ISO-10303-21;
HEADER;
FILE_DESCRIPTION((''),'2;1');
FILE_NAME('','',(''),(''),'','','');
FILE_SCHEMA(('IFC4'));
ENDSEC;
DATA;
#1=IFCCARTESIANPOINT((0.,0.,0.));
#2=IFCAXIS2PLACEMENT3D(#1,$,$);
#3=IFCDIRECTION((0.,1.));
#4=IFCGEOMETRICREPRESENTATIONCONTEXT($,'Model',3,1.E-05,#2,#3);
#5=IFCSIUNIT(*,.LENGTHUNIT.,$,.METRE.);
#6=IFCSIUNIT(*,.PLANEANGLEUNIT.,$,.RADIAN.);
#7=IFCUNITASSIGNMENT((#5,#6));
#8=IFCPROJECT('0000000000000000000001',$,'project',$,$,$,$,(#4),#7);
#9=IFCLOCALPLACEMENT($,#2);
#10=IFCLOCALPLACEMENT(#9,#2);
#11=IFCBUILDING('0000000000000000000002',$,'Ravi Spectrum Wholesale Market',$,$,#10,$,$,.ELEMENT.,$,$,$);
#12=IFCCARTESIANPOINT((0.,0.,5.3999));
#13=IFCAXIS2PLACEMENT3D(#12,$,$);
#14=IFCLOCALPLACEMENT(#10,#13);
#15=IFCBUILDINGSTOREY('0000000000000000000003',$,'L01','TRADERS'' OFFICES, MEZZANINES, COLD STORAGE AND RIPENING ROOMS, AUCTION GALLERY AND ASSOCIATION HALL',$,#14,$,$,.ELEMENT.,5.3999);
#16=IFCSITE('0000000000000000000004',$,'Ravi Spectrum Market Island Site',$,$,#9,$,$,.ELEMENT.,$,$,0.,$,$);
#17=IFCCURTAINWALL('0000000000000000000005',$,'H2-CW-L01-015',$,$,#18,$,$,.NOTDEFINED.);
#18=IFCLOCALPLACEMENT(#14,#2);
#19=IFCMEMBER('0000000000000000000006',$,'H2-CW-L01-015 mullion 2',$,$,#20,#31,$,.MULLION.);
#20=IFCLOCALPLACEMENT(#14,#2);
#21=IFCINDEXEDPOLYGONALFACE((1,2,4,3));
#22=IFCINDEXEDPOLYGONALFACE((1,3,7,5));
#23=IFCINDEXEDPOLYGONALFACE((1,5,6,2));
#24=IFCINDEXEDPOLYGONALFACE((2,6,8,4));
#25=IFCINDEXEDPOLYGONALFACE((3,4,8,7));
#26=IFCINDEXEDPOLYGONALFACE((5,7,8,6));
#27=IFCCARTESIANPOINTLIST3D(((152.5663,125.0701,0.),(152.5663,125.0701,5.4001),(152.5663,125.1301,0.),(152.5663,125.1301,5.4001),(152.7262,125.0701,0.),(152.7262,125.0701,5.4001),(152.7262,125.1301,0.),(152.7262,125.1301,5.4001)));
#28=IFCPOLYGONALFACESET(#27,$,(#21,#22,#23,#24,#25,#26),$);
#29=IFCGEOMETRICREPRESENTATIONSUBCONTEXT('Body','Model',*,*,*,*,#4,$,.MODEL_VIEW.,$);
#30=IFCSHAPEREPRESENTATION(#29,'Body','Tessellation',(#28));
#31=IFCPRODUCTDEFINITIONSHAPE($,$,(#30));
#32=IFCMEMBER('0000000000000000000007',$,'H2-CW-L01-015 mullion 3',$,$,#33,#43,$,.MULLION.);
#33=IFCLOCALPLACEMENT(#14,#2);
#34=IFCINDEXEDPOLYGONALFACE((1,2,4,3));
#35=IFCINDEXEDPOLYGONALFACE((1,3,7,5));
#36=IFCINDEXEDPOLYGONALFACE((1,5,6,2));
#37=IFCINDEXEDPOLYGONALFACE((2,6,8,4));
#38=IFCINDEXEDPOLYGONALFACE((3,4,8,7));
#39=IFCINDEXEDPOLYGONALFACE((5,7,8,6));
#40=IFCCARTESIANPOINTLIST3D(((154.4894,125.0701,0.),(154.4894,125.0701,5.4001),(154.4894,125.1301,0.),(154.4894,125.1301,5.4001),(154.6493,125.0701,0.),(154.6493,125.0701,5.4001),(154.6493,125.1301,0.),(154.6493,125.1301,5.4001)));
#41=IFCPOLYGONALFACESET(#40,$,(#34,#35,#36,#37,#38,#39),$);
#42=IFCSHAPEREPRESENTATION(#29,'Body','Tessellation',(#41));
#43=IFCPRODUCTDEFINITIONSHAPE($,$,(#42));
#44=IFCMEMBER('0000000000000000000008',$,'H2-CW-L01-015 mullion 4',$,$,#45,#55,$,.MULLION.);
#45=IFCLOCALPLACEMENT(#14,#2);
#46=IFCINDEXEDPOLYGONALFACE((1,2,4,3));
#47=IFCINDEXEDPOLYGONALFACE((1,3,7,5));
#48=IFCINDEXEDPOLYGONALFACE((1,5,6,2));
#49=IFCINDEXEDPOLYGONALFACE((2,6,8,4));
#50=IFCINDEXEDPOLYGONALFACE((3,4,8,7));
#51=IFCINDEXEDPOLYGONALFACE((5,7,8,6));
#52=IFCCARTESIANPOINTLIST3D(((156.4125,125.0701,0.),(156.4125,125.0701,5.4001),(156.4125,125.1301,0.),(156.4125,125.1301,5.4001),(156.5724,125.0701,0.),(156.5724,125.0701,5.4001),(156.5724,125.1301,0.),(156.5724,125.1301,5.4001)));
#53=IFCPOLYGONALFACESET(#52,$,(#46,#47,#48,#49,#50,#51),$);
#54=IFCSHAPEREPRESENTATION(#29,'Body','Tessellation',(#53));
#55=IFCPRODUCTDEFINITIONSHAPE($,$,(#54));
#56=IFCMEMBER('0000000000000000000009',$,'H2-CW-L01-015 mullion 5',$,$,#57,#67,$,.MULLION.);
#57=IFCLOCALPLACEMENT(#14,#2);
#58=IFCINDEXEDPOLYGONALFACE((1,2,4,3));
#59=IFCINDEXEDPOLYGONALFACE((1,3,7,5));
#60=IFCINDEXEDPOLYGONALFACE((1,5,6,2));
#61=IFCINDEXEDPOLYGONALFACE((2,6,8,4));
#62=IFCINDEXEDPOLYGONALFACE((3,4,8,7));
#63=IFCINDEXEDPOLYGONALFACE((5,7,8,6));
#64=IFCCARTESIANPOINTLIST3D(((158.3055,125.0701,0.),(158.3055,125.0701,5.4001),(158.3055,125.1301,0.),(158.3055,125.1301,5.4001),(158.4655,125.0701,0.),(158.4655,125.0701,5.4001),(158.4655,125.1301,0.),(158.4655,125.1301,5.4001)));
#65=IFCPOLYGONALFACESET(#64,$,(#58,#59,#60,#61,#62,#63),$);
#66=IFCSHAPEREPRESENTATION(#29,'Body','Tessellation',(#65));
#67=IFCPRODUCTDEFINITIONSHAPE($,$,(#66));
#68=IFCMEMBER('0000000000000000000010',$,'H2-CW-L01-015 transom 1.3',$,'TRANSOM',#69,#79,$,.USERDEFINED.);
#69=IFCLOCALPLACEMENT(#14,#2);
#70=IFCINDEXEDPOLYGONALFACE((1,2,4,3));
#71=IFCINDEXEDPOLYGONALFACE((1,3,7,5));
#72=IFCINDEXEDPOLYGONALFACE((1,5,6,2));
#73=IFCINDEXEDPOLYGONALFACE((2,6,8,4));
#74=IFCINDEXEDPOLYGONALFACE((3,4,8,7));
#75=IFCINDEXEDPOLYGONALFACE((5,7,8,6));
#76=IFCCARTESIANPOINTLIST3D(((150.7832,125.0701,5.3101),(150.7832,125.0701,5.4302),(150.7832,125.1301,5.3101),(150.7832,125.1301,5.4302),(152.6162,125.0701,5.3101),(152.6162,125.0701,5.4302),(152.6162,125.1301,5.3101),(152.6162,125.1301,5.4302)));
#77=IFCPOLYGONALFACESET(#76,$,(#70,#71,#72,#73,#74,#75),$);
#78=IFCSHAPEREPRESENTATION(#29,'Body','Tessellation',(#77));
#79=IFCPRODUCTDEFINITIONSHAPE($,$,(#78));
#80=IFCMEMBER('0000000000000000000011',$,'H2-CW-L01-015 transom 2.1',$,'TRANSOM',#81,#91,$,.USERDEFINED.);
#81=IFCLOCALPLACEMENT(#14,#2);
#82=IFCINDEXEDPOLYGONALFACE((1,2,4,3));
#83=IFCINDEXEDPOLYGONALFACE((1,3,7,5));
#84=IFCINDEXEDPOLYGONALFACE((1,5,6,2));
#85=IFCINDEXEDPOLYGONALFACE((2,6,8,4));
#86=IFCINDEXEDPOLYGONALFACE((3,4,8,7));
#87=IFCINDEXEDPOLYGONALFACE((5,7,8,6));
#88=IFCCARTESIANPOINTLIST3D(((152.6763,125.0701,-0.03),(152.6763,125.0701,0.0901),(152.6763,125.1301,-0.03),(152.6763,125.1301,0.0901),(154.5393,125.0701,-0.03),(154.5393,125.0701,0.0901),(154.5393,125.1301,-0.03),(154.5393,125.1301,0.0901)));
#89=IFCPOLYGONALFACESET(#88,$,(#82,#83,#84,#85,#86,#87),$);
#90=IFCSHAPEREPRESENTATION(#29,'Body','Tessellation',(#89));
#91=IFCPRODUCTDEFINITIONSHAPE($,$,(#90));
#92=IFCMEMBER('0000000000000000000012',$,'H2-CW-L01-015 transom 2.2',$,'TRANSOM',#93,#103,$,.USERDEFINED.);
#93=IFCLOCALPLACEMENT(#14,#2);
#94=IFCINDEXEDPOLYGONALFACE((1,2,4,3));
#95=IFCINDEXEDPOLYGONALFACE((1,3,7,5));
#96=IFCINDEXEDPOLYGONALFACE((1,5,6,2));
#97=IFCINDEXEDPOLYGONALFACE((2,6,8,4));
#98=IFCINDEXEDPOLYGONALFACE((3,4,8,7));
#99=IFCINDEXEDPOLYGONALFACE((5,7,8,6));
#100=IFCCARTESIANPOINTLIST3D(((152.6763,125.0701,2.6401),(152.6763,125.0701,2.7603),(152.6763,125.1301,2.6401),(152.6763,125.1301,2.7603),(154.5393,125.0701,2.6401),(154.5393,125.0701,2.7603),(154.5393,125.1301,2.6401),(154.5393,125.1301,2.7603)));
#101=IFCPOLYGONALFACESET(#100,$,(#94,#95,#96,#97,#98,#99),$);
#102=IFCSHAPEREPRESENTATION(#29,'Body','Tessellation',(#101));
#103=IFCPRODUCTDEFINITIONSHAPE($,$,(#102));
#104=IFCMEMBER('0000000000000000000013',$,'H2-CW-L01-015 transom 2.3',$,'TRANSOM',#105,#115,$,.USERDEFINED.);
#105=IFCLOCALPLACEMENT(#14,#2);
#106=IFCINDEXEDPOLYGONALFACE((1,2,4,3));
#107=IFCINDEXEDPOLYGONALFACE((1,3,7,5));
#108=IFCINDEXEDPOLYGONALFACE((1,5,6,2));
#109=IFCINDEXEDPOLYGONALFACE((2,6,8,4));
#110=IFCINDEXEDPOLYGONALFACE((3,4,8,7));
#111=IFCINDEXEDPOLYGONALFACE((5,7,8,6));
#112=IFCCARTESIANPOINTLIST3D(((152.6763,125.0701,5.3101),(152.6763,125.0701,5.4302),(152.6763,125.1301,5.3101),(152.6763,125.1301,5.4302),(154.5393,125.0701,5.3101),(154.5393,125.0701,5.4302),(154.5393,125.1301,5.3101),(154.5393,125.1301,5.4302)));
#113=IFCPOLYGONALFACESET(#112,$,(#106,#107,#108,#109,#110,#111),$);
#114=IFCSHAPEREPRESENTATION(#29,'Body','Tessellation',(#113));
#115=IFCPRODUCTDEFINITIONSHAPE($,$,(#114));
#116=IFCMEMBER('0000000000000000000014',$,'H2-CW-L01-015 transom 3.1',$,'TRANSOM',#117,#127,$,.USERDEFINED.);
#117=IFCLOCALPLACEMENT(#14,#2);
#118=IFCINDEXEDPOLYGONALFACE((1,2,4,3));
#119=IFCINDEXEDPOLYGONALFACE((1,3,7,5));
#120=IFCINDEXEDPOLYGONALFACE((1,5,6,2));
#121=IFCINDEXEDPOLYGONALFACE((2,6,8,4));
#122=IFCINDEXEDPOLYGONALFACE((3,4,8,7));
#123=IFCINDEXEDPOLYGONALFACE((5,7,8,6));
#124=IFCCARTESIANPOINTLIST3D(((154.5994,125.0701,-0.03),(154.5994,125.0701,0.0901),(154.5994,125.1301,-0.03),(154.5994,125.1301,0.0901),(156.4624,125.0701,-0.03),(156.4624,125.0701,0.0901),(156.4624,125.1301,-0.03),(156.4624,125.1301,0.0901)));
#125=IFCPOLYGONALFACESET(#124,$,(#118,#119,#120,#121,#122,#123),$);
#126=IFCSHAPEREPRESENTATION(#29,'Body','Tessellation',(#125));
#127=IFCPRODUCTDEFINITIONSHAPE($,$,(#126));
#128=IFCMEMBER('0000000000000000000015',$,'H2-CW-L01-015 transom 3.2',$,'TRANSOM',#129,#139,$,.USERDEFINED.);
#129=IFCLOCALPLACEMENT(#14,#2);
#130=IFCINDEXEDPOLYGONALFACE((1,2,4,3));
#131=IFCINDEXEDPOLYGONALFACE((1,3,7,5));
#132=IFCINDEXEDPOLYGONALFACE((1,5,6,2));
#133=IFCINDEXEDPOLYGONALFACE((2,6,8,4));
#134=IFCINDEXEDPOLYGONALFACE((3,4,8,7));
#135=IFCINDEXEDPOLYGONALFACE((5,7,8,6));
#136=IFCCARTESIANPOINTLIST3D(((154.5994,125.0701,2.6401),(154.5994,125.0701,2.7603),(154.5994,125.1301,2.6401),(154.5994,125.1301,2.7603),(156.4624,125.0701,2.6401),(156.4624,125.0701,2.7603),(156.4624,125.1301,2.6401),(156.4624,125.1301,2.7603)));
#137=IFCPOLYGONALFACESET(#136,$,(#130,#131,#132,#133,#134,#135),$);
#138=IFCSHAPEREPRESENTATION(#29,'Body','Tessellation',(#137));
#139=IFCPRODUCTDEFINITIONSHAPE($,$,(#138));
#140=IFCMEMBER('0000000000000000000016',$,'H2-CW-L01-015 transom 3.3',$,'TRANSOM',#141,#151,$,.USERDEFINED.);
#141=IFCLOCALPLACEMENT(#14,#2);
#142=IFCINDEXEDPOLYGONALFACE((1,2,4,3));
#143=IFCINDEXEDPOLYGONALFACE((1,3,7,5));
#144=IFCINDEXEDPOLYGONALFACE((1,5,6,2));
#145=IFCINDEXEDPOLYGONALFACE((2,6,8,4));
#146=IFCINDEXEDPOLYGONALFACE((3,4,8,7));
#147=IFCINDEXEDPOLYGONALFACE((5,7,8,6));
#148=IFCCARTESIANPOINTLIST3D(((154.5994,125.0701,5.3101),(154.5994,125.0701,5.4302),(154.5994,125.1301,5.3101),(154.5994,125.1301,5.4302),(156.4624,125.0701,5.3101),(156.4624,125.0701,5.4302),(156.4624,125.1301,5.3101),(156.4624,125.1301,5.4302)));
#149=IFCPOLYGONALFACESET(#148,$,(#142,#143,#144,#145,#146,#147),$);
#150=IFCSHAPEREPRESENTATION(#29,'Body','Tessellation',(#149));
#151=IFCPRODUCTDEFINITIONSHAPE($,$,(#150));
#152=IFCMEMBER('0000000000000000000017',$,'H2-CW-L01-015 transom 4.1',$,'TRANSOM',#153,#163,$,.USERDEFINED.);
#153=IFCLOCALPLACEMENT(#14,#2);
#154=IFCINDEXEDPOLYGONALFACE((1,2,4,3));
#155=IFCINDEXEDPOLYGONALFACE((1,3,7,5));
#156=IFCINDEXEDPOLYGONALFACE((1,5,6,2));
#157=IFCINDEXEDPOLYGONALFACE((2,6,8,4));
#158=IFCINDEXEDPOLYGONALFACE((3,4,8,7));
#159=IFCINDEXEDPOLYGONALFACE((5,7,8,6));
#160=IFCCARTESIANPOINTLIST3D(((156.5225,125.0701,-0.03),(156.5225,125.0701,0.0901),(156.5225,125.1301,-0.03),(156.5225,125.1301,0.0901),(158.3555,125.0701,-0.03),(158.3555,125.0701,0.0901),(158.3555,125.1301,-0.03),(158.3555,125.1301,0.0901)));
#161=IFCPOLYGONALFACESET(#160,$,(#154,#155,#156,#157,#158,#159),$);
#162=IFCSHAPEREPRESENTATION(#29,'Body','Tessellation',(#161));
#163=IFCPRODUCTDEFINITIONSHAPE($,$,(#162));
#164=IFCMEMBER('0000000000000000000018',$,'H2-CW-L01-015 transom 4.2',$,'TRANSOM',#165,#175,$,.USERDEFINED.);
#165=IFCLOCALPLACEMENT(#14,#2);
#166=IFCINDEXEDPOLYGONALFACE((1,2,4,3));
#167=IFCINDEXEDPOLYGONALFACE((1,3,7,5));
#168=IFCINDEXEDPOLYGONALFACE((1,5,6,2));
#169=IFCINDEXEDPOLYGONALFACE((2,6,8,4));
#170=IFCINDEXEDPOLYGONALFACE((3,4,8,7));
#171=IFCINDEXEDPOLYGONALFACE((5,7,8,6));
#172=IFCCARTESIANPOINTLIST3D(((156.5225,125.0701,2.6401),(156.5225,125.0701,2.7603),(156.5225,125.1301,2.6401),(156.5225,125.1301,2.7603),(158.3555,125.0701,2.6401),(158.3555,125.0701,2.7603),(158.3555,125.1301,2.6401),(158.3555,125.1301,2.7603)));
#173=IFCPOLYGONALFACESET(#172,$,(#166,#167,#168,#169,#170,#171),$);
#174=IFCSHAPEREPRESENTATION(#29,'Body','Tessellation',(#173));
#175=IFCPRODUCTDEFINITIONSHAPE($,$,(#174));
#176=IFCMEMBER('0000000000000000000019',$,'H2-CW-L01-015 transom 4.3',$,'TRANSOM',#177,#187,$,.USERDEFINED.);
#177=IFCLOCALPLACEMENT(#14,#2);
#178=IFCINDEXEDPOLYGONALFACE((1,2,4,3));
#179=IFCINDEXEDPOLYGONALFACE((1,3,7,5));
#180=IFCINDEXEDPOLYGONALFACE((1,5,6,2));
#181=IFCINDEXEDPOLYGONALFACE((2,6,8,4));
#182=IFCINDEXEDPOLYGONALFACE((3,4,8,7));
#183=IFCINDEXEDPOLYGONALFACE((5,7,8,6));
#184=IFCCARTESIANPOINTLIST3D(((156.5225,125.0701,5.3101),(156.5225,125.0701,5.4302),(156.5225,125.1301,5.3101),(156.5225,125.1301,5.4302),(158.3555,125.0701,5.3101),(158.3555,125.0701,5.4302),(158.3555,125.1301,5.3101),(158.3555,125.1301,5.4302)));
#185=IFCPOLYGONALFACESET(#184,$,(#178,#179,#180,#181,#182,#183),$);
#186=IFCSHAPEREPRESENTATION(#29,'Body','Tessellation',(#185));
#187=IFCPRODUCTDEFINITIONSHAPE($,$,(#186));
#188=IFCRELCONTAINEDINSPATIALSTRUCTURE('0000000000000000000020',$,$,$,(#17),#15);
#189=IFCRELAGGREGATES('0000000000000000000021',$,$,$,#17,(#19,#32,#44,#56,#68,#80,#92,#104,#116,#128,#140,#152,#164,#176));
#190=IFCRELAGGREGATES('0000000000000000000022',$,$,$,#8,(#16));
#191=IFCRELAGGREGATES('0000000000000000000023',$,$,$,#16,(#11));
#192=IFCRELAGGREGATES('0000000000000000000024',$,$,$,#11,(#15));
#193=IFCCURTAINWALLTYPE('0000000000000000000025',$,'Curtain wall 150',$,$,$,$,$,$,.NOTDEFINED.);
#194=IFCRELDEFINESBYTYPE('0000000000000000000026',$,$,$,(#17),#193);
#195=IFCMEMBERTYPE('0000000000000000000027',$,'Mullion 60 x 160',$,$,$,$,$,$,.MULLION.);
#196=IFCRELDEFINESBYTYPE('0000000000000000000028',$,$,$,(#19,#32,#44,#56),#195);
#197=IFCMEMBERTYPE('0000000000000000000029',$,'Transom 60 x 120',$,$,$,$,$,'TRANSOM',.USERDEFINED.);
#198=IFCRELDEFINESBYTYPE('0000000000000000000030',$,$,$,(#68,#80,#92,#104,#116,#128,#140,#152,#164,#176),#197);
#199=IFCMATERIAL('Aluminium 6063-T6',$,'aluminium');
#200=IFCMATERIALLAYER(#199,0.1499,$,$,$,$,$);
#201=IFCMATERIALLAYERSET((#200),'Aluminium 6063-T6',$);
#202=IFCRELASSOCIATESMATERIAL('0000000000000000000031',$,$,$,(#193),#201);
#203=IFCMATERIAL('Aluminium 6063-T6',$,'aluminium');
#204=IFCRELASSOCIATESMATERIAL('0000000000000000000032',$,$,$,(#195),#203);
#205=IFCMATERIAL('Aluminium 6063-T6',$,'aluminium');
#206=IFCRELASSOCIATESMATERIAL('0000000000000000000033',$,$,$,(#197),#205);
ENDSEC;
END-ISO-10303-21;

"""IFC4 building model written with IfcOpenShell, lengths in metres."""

from ifc_helpers import new_model, si_unit, direction, frame, origin, origin_2d, place, context, subcontext, project, spatial, rectangle, extrude, material, layer, layer_set, material_profile, profile_set, type_object, element, aggregate, save


model = new_model("IFC4")

# Units and contexts
model_context = context("Model", 3, precision=1e-05, world=origin(), true_north=direction((0.0, 1.0)))
body_context = subcontext(model_context, "Body", "Model", "MODEL_VIEW")
ifc_project = project(units=[si_unit("LENGTHUNIT", "METRE"), si_unit("PLANEANGLEUNIT", "RADIAN")], contexts=[model_context])

# Site, building, storey
site_placement = place(None, origin())
site = spatial("IfcSite", under=ifc_project, at=site_placement, Name="Ravi Spectrum Market Island Site", CompositionType="ELEMENT", RefElevation=0.0)
building_placement = place(site_placement, origin())
building = spatial("IfcBuilding", under=site, at=building_placement, Name="Ravi Spectrum Wholesale Market", CompositionType="ELEMENT")
storey_placement = place(building_placement, frame((0.0, 0.0, 5.3999)))
storey = spatial("IfcBuildingStorey", under=building, at=storey_placement, Name="L01", Description="TRADERS' OFFICES, MEZZANINES, COLD STORAGE AND RIPENING ROOMS, AUCTION GALLERY AND ASSOCIATION HALL", CompositionType="ELEMENT", Elevation=5.3999)

# Curtain wall, members
ifc_material_1 = material(Name="Aluminium 6063-T6", Category="aluminium")
ifc_layer_1 = layer(ifc_material_1, 0.1499)
ifc_layer_set_1 = layer_set([ifc_layer_1], Name="Aluminium 6063-T6")
curtain_wall_type = type_object("IfcCurtainWallType", Name="Curtain wall 150", PredefinedType="NOTDEFINED", material=ifc_layer_set_1)
curtain_wall_placement = place(storey_placement, origin())
curtain_wall = element("IfcCurtainWall", 1, at=curtain_wall_placement, inside=storey, type_object=curtain_wall_type, Name="H2-CW-L01-015", PredefinedType="NOTDEFINED")
ifc_material_2 = material(Name="Aluminium 6063-T6", Category="aluminium")
ifc_material_profile_1 = material_profile(ifc_material_2, rectangle(XDim=0.0601, YDim=0.1599, at=origin_2d()))
ifc_profile_set_1 = profile_set([ifc_material_profile_1], Name="Aluminium 6063-T6")
member_type_1 = type_object("IfcMemberType", Name="Mullion 60 x 160", PredefinedType="MULLION", material=ifc_profile_set_1)
member_1_placement = place(storey_placement, frame((152.6462, 125.1001, 0.0), z_axis=(0.0, 0.0, 1.0), x_axis=(0.0, 1.0, 0.0)))
member_1 = element("IfcMember", 2, at=member_1_placement, type_object=member_type_1, Name="H2-CW-L01-015 mullion 2", PredefinedType="MULLION", context=body_context, shape_type="SweptSolid", body=[
    extrude(rectangle(XDim=0.0601, YDim=0.1599, at=origin_2d()), origin(), (0.0, 0.0, 1.0), 5.4001),
])
member_2_placement = place(storey_placement, frame((154.5693, 125.1001, 0.0), z_axis=(0.0, 0.0, 1.0), x_axis=(0.0, 1.0, 0.0)))
member_2 = element("IfcMember", 3, at=member_2_placement, type_object=member_type_1, Name="H2-CW-L01-015 mullion 3", PredefinedType="MULLION", context=body_context, shape_type="SweptSolid", body=[
    extrude(rectangle(XDim=0.0601, YDim=0.1599, at=origin_2d()), origin(), (0.0, 0.0, 1.0), 5.4001),
])
member_3_placement = place(storey_placement, frame((156.4924, 125.1001, 0.0), z_axis=(0.0, 0.0, 1.0), x_axis=(0.0, 1.0, 0.0)))
member_3 = element("IfcMember", 4, at=member_3_placement, type_object=member_type_1, Name="H2-CW-L01-015 mullion 4", PredefinedType="MULLION", context=body_context, shape_type="SweptSolid", body=[
    extrude(rectangle(XDim=0.0601, YDim=0.1599, at=origin_2d()), origin(), (0.0, 0.0, 1.0), 5.4001),
])
member_4_placement = place(storey_placement, frame((158.3855, 125.1001, 0.0), z_axis=(0.0, 0.0, 1.0), x_axis=(0.0, 1.0, 0.0)))
member_4 = element("IfcMember", 5, at=member_4_placement, type_object=member_type_1, Name="H2-CW-L01-015 mullion 5", PredefinedType="MULLION", context=body_context, shape_type="SweptSolid", body=[
    extrude(rectangle(XDim=0.0601, YDim=0.1599, at=origin_2d()), origin(), (0.0, 0.0, 1.0), 5.4001),
])
ifc_material_3 = material(Name="Aluminium 6063-T6", Category="aluminium")
ifc_material_profile_2 = material_profile(ifc_material_3, rectangle(XDim=0.0601, YDim=0.1201, at=origin_2d()))
ifc_profile_set_2 = profile_set([ifc_material_profile_2], Name="Aluminium 6063-T6")
member_type_2 = type_object("IfcMemberType", Name="Transom 60 x 120", ElementType="TRANSOM", PredefinedType="USERDEFINED", material=ifc_profile_set_2)
member_5_placement = place(storey_placement, frame((150.7832, 125.1001, 5.3701), z_axis=(1.0, 0.0, 0.0), x_axis=(0.0, 1.0, 0.0)))
member_5 = element("IfcMember", 6, at=member_5_placement, type_object=member_type_2, Name="H2-CW-L01-015 transom 1.3", ObjectType="TRANSOM", PredefinedType="USERDEFINED", context=body_context, shape_type="SweptSolid", body=[
    extrude(rectangle(XDim=0.0601, YDim=0.1201, at=origin_2d()), origin(), (0.0, 0.0, 1.0), 1.833),
])
member_6_placement = place(storey_placement, frame((152.6763, 125.1001, 0.03), z_axis=(1.0, 0.0, 0.0), x_axis=(0.0, 1.0, 0.0)))
member_6 = element("IfcMember", 7, at=member_6_placement, type_object=member_type_2, Name="H2-CW-L01-015 transom 2.1", ObjectType="TRANSOM", PredefinedType="USERDEFINED", context=body_context, shape_type="SweptSolid", body=[
    extrude(rectangle(XDim=0.0601, YDim=0.1201, at=origin_2d()), origin(), (0.0, 0.0, 1.0), 1.863),
])
member_7_placement = place(storey_placement, frame((152.6763, 125.1001, 2.7002), z_axis=(1.0, 0.0, 0.0), x_axis=(0.0, 1.0, 0.0)))
member_7 = element("IfcMember", 8, at=member_7_placement, type_object=member_type_2, Name="H2-CW-L01-015 transom 2.2", ObjectType="TRANSOM", PredefinedType="USERDEFINED", context=body_context, shape_type="SweptSolid", body=[
    extrude(rectangle(XDim=0.0601, YDim=0.1201, at=origin_2d()), origin(), (0.0, 0.0, 1.0), 1.863),
])
member_8_placement = place(storey_placement, frame((152.6763, 125.1001, 5.3701), z_axis=(1.0, 0.0, 0.0), x_axis=(0.0, 1.0, 0.0)))
member_8 = element("IfcMember", 9, at=member_8_placement, type_object=member_type_2, Name="H2-CW-L01-015 transom 2.3", ObjectType="TRANSOM", PredefinedType="USERDEFINED", context=body_context, shape_type="SweptSolid", body=[
    extrude(rectangle(XDim=0.0601, YDim=0.1201, at=origin_2d()), origin(), (0.0, 0.0, 1.0), 1.863),
])
member_9_placement = place(storey_placement, frame((154.5994, 125.1001, 0.03), z_axis=(1.0, 0.0, 0.0), x_axis=(0.0, 1.0, 0.0)))
member_9 = element("IfcMember", 10, at=member_9_placement, type_object=member_type_2, Name="H2-CW-L01-015 transom 3.1", ObjectType="TRANSOM", PredefinedType="USERDEFINED", context=body_context, shape_type="SweptSolid", body=[
    extrude(rectangle(XDim=0.0601, YDim=0.1201, at=origin_2d()), origin(), (0.0, 0.0, 1.0), 1.863),
])
member_10_placement = place(storey_placement, frame((154.5994, 125.1001, 2.7002), z_axis=(1.0, 0.0, 0.0), x_axis=(0.0, 1.0, 0.0)))
member_10 = element("IfcMember", 11, at=member_10_placement, type_object=member_type_2, Name="H2-CW-L01-015 transom 3.2", ObjectType="TRANSOM", PredefinedType="USERDEFINED", context=body_context, shape_type="SweptSolid", body=[
    extrude(rectangle(XDim=0.0601, YDim=0.1201, at=origin_2d()), origin(), (0.0, 0.0, 1.0), 1.863),
])
member_11_placement = place(storey_placement, frame((154.5994, 125.1001, 5.3701), z_axis=(1.0, 0.0, 0.0), x_axis=(0.0, 1.0, 0.0)))
member_11 = element("IfcMember", 12, at=member_11_placement, type_object=member_type_2, Name="H2-CW-L01-015 transom 3.3", ObjectType="TRANSOM", PredefinedType="USERDEFINED", context=body_context, shape_type="SweptSolid", body=[
    extrude(rectangle(XDim=0.0601, YDim=0.1201, at=origin_2d()), origin(), (0.0, 0.0, 1.0), 1.863),
])
member_12_placement = place(storey_placement, frame((156.5225, 125.1001, 0.03), z_axis=(1.0, 0.0, 0.0), x_axis=(0.0, 1.0, 0.0)))
member_12 = element("IfcMember", 13, at=member_12_placement, type_object=member_type_2, Name="H2-CW-L01-015 transom 4.1", ObjectType="TRANSOM", PredefinedType="USERDEFINED", context=body_context, shape_type="SweptSolid", body=[
    extrude(rectangle(XDim=0.0601, YDim=0.1201, at=origin_2d()), origin(), (0.0, 0.0, 1.0), 1.833),
])
member_13_placement = place(storey_placement, frame((156.5225, 125.1001, 2.7002), z_axis=(1.0, 0.0, 0.0), x_axis=(0.0, 1.0, 0.0)))
member_13 = element("IfcMember", 14, at=member_13_placement, type_object=member_type_2, Name="H2-CW-L01-015 transom 4.2", ObjectType="TRANSOM", PredefinedType="USERDEFINED", context=body_context, shape_type="SweptSolid", body=[
    extrude(rectangle(XDim=0.0601, YDim=0.1201, at=origin_2d()), origin(), (0.0, 0.0, 1.0), 1.833),
])
member_14_placement = place(storey_placement, frame((156.5225, 125.1001, 5.3701), z_axis=(1.0, 0.0, 0.0), x_axis=(0.0, 1.0, 0.0)))
member_14 = element("IfcMember", 15, at=member_14_placement, type_object=member_type_2, Name="H2-CW-L01-015 transom 4.3", ObjectType="TRANSOM", PredefinedType="USERDEFINED", context=body_context, shape_type="SweptSolid", body=[
    extrude(rectangle(XDim=0.0601, YDim=0.1201, at=origin_2d()), origin(), (0.0, 0.0, 1.0), 1.833),
])
aggregate(curtain_wall, [member_1, member_2, member_3, member_4, member_5, member_6, member_7, member_8, member_9, member_10, member_11, member_12, member_13, member_14])

save(model, "model.ifc")
